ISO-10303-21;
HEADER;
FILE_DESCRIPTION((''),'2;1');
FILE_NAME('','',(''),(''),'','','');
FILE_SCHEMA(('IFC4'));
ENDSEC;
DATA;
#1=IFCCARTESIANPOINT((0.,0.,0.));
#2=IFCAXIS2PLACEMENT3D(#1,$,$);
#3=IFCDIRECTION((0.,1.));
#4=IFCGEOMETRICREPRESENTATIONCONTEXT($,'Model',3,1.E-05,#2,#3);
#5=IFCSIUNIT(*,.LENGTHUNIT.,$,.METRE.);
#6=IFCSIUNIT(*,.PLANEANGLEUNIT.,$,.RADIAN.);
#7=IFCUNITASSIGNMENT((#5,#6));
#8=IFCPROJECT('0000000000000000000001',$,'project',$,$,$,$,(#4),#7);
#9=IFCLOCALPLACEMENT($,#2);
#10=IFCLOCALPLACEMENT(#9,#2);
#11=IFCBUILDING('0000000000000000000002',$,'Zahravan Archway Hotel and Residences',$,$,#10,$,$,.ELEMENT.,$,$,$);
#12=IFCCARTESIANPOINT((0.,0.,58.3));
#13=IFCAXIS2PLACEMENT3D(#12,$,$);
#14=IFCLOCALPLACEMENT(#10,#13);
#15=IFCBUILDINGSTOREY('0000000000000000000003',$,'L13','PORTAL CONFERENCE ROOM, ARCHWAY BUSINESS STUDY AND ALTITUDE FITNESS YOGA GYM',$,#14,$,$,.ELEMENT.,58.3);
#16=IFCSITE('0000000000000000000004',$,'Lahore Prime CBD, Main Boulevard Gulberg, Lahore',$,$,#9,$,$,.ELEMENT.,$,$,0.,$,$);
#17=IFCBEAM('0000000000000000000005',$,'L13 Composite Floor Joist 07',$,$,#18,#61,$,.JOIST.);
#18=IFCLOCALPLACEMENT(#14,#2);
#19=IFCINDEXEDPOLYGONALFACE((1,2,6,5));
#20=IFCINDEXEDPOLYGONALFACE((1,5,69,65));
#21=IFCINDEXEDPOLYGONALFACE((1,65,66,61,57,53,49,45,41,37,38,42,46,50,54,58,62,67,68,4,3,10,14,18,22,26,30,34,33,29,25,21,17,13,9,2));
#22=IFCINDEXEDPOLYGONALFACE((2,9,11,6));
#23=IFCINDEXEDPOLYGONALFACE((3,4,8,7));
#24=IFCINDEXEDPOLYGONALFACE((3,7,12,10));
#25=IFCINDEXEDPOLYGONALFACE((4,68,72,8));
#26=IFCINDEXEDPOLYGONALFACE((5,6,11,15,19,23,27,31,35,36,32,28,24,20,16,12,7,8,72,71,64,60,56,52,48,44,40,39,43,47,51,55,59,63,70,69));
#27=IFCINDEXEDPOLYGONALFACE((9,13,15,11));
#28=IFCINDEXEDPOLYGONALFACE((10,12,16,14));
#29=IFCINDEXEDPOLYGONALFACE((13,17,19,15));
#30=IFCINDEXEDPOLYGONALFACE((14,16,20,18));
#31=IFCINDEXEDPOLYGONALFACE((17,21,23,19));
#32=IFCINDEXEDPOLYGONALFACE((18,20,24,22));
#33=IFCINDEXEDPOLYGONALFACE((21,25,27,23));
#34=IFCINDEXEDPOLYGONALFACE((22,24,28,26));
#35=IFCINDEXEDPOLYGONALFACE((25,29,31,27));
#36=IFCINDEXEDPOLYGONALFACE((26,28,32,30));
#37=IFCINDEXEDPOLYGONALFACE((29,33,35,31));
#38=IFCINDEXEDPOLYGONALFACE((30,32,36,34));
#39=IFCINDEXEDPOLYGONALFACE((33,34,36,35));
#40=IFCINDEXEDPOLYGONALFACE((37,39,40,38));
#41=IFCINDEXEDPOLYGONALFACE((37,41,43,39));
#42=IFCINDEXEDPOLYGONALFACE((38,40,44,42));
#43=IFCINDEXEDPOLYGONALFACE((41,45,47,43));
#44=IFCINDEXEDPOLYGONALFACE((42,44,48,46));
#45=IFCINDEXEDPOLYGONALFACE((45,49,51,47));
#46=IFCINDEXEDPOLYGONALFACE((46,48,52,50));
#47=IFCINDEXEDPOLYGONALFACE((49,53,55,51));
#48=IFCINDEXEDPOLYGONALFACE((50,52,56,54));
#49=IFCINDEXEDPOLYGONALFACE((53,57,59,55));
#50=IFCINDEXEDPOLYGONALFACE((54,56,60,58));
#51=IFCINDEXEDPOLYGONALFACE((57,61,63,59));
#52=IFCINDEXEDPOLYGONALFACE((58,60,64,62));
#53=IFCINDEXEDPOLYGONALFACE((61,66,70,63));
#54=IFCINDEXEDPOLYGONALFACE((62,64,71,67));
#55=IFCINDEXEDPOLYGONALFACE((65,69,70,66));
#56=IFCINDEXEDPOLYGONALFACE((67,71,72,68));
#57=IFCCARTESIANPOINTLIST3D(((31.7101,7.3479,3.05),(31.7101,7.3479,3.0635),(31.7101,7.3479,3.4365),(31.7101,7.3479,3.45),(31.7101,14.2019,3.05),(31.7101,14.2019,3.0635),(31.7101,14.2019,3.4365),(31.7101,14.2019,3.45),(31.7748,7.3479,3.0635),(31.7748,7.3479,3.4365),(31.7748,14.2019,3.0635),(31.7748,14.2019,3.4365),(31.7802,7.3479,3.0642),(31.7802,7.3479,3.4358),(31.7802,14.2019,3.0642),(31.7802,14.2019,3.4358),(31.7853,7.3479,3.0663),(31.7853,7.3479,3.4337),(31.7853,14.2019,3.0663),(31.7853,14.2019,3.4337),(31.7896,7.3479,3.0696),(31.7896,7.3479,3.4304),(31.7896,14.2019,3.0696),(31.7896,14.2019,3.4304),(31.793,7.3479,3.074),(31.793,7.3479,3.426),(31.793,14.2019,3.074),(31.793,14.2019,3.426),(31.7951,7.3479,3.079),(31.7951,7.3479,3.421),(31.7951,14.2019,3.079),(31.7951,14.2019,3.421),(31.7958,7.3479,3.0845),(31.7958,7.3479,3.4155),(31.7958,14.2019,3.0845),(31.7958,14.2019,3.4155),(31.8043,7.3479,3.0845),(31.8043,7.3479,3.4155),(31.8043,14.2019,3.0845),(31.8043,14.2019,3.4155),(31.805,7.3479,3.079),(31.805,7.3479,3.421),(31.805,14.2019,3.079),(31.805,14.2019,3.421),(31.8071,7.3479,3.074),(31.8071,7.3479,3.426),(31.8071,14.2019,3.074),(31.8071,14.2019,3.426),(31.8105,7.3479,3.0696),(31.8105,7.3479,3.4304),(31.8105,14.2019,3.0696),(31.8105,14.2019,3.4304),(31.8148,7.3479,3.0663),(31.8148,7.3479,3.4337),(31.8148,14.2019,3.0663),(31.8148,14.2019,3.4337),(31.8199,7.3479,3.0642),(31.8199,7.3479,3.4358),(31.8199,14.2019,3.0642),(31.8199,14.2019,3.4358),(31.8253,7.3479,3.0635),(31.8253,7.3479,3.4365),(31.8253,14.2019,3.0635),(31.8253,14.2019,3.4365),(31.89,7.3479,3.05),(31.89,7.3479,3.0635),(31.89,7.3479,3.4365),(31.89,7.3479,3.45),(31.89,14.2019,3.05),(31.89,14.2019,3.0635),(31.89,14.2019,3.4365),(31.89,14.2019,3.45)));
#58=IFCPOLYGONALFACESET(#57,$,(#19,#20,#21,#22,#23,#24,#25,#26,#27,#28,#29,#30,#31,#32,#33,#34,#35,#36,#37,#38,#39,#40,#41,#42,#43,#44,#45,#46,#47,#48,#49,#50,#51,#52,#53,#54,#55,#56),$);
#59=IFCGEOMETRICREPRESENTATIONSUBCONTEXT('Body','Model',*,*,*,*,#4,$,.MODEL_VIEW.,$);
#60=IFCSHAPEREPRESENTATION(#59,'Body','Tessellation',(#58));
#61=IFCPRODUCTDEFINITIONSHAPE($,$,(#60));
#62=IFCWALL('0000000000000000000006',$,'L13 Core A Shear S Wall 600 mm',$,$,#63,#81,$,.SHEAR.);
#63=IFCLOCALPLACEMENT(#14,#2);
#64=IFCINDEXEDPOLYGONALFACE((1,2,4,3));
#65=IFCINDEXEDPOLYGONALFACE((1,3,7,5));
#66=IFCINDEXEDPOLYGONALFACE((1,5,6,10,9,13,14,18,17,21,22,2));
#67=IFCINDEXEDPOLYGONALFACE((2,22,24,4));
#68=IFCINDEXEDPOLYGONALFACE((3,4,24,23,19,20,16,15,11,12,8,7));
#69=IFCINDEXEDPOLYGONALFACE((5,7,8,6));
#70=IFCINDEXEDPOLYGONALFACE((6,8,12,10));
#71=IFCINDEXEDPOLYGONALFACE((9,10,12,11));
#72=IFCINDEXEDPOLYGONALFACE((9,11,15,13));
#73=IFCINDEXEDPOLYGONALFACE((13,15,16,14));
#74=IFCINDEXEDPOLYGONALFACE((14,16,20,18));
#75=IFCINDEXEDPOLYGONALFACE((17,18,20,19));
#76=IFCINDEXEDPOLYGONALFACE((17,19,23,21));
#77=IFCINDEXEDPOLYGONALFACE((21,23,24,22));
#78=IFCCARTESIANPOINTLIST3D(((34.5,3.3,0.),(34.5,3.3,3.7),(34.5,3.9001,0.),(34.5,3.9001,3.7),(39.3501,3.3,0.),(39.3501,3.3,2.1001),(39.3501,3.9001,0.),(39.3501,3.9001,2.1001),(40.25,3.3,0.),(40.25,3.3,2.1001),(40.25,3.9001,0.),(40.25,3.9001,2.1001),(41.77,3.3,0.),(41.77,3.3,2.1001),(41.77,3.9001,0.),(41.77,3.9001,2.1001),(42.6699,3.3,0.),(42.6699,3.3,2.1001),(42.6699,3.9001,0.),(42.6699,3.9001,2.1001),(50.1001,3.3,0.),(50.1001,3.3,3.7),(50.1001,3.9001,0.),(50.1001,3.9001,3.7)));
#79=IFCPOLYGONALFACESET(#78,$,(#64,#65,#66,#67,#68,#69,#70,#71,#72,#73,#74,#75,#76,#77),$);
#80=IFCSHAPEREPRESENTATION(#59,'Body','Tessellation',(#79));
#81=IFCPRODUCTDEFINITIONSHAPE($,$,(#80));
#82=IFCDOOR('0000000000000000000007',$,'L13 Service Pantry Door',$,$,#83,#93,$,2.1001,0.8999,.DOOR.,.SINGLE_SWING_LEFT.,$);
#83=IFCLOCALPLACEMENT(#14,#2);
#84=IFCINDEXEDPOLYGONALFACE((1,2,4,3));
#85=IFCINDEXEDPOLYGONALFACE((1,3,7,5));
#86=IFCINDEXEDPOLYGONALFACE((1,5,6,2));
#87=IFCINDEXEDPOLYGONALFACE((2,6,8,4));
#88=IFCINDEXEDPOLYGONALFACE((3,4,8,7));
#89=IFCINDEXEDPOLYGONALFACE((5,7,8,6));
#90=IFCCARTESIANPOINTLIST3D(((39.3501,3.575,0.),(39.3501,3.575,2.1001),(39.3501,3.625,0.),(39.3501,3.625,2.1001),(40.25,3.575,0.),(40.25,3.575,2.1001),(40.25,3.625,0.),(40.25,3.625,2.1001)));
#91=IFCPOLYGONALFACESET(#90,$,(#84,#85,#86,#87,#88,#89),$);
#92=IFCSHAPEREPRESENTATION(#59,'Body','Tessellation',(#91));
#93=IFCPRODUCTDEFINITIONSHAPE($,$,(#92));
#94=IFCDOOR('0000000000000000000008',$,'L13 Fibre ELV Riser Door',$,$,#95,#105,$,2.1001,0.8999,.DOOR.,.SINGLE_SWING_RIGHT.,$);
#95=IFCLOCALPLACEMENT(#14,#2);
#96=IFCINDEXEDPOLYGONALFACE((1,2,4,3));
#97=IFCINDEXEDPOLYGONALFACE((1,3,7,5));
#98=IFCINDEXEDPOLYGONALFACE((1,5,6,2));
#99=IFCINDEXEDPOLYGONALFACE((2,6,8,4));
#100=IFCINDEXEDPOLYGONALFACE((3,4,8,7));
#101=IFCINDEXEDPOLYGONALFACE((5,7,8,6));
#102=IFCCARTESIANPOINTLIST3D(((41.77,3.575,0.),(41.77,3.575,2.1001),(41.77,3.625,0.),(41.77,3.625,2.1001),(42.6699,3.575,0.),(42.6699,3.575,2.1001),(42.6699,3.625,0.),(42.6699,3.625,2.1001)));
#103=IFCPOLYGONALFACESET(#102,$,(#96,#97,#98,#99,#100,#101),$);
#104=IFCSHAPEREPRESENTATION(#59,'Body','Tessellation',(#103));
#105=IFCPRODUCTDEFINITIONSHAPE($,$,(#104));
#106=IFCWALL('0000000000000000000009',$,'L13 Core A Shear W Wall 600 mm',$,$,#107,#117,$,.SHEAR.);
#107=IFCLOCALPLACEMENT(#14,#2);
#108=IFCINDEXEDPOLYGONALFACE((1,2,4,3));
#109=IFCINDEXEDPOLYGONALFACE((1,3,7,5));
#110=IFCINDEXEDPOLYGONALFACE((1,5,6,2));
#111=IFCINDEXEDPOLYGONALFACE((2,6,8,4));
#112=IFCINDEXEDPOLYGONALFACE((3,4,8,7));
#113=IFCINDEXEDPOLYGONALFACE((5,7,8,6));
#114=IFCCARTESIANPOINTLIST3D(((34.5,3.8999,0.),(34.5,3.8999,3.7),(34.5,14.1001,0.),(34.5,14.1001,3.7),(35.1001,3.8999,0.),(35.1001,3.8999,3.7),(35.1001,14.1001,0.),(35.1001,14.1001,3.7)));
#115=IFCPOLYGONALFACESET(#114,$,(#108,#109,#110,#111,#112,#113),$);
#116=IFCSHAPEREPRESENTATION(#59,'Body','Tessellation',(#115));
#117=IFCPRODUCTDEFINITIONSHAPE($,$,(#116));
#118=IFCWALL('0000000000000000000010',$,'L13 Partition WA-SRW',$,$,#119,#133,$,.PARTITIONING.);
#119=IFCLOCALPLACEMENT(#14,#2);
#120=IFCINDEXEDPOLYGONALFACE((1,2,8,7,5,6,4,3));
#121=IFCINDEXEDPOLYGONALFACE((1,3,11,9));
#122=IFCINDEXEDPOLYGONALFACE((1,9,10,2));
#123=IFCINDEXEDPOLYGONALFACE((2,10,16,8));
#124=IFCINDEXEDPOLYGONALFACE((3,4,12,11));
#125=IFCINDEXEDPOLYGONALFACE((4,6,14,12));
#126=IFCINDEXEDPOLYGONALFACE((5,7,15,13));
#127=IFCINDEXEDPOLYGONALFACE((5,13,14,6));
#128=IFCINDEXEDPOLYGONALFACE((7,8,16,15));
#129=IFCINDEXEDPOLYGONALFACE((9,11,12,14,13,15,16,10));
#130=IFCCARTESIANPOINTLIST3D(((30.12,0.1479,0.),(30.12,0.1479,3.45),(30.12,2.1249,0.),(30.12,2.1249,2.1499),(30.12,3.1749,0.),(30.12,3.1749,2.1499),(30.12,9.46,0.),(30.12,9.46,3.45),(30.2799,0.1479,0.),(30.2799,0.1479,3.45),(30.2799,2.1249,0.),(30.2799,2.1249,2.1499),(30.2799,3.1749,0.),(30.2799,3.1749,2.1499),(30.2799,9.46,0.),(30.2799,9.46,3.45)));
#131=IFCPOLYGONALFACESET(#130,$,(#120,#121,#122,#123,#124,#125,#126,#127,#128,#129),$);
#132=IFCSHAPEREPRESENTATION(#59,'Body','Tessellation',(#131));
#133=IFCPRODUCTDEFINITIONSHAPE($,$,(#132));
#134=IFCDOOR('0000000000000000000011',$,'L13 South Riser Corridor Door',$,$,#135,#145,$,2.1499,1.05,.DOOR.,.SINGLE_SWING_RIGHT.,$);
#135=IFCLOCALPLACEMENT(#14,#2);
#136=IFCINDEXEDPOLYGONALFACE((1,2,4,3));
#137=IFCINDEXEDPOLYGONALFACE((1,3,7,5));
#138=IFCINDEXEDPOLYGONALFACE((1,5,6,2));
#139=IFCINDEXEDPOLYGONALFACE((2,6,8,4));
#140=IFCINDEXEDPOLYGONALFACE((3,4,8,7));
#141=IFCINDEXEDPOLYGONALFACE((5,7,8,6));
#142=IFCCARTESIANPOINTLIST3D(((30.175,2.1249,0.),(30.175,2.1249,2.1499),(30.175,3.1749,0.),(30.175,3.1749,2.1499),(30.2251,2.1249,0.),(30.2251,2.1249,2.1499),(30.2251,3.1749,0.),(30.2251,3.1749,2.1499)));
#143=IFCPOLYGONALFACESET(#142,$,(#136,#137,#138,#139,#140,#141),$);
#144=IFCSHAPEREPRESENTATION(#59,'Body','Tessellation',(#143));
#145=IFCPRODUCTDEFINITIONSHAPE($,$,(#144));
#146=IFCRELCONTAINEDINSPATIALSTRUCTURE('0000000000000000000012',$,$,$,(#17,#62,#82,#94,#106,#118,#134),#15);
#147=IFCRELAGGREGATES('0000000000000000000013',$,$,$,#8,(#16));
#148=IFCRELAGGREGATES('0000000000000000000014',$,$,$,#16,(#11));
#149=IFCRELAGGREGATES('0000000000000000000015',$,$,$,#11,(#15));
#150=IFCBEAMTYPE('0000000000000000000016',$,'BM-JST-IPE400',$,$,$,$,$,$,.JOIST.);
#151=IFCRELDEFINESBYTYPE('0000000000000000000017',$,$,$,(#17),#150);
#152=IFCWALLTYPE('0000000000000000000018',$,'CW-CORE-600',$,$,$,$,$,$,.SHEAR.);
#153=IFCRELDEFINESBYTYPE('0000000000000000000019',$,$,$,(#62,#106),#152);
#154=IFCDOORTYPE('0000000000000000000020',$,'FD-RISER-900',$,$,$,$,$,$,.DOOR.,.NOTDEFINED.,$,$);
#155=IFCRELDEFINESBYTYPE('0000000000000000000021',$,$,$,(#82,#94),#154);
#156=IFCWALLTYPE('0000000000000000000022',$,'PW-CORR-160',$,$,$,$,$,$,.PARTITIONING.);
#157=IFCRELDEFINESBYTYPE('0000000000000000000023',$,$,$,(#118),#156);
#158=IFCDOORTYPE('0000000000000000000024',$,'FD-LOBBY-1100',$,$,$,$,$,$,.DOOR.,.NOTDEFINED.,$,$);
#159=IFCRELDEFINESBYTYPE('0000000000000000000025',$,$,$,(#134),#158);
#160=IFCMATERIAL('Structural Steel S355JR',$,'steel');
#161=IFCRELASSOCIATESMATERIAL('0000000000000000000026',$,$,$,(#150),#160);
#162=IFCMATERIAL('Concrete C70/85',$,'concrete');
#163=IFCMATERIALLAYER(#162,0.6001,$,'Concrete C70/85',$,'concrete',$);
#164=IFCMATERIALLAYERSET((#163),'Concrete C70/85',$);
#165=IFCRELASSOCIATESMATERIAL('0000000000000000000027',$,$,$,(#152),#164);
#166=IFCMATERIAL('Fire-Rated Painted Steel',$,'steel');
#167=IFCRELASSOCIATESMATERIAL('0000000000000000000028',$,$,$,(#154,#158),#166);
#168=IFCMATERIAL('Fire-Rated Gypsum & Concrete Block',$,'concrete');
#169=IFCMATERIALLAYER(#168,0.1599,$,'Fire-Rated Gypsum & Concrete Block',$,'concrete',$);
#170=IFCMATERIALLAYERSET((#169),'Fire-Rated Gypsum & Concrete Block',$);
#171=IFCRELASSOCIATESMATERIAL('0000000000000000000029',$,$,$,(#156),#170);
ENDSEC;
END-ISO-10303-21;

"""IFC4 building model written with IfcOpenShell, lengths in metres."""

from ifc_helpers import new_model, si_unit, direction, frame, frame_2d, origin, origin_2d, place, context, subcontext, project, spatial, rectangle, i_section, extrude, source, transform, mapped, material, layer, layer_set, material_profile, profile_set, type_object, type_shapes, element, fill, save


model = new_model("IFC4")

# Units and contexts
model_context = context("Model", 3, precision=1e-05, world=origin(), true_north=direction((0.0, 1.0)))
body_context = subcontext(model_context, "Body", "Model", "MODEL_VIEW")
ifc_project = project(units=[si_unit("LENGTHUNIT", "METRE"), si_unit("PLANEANGLEUNIT", "RADIAN")], contexts=[model_context])

# Site, building, storey
site_placement = place(None, origin())
site = spatial("IfcSite", under=ifc_project, at=site_placement, Name="Lahore Prime CBD, Main Boulevard Gulberg, Lahore", CompositionType="ELEMENT", RefElevation=0.0)
building_placement = place(site_placement, origin())
building = spatial("IfcBuilding", under=site, at=building_placement, Name="Zahravan Archway Hotel and Residences", CompositionType="ELEMENT")
storey_placement = place(building_placement, frame((0.0, 0.0, 58.3)))
storey = spatial("IfcBuildingStorey", under=building, at=storey_placement, Name="L13", Description="PORTAL CONFERENCE ROOM, ARCHWAY BUSINESS STUDY AND ALTITUDE FITNESS YOGA GYM", CompositionType="ELEMENT", Elevation=58.3)

# Shared definitions
ifc_material_1 = material(Name="Concrete C70/85", Category="concrete")

# Beam
ifc_material_2 = material(Name="Structural Steel S355JR", Category="steel")
ifc_material_profile_1 = material_profile(ifc_material_2, i_section(OverallWidth=0.1799, OverallDepth=0.3999, WebThickness=0.0085, FlangeThickness=0.0134, FilletRadius=0.021, at=origin_2d()), Name="IPE 400", Category="steel")
ifc_profile_set_1 = profile_set([ifc_material_profile_1], Name="Structural Steel S355JR")
beam_type_1 = type_object("IfcBeamType", Name="BM-JST-IPE400", PredefinedType="JOIST", material=ifc_profile_set_1)
shared_shape_1 = source(origin(), body_context, "Body", "SweptSolid", [
    extrude(i_section(OverallWidth=0.1799, OverallDepth=0.3999, WebThickness=0.0085, FlangeThickness=0.0134, FilletRadius=0.021, at=origin_2d()), origin(), (0.0, 0.0, 1.0), 6.854),
])
beam_1_placement = place(storey_placement, frame((31.8, 7.3479, 3.25), z_axis=(0.0, 1.0, 0.0), x_axis=(-1.0, 0.0, 0.0)))
element("IfcBeam", 1, at=beam_1_placement, inside=storey, type_object=beam_type_1, Name="L13 Composite Floor Joist 07", PredefinedType="JOIST", context=body_context, shape_type="MappedRepresentation", body=[
    mapped(shared_shape_1, transform((0.0, 0.0, 0.0), scale=1.0)),
])

# Wall, openings, doors
ifc_layer_1 = layer(ifc_material_1, 0.6001, Name="Concrete C70/85", Category="concrete")
ifc_layer_set_1 = layer_set([ifc_layer_1], Name="Concrete C70/85")
wall_type_1 = type_object("IfcWallType", Name="CW-CORE-600", PredefinedType="SHEAR", material=ifc_layer_set_1)
wall_1_placement = place(storey_placement, frame((34.5, 3.6001, 0.0), z_axis=(0.0, 0.0, 1.0), x_axis=(1.0, 0.0, 0.0)))
wall_1 = element("IfcWall", 2, at=wall_1_placement, inside=storey, type_object=wall_type_1, Name="L13 Core A Shear S Wall 600 mm", PredefinedType="SHEAR", context=body_context, shape_type="SweptSolid", body=[
    extrude(rectangle(XDim=15.6001, YDim=0.6001, at=frame_2d((7.8, 0.0))), origin(), (0.0, 0.0, 1.0), 3.7),
])
opening_1_placement = place(wall_1_placement, frame((4.8501, 0.0, 0.0)))
opening_1 = element("IfcOpeningElement", 3, at=opening_1_placement, cuts=wall_1, PredefinedType="OPENING", context=body_context, shape_type="SweptSolid", body=[
    extrude(rectangle(XDim=0.8999, YDim=2.1001, at=frame_2d((0.45, 1.05))), frame((0.0, 0.3101, 0.0), z_axis=(0.0, -1.0, 0.0), x_axis=(1.0, 0.0, 0.0)), (0.0, 0.0, 1.0), 0.6201),
])
opening_2_placement = place(wall_1_placement, frame((7.27, 0.0, 0.0)))
opening_2 = element("IfcOpeningElement", 4, at=opening_2_placement, cuts=wall_1, PredefinedType="OPENING", context=body_context, shape_type="SweptSolid", body=[
    extrude(rectangle(XDim=0.8999, YDim=2.1001, at=frame_2d((0.45, 1.05))), frame((0.0, 0.3101, 0.0), z_axis=(0.0, -1.0, 0.0), x_axis=(1.0, 0.0, 0.0)), (0.0, 0.0, 1.0), 0.6201),
])
ifc_material_3 = material(Name="Fire-Rated Painted Steel", Category="steel")
door_type_1 = type_object("IfcDoorType", Name="FD-RISER-900", OperationType="NOTDEFINED", PredefinedType="DOOR", material=ifc_material_3)
shared_shape_2 = source(origin(), body_context, "Body", "SweptSolid", [
    extrude(rectangle(XDim=0.8999, YDim=2.1001, at=frame_2d((0.45, 1.05))), frame((0.0, 0.0249, 0.0), z_axis=(0.0, -1.0, 0.0), x_axis=(1.0, 0.0, 0.0)), (0.0, 0.0, 1.0), 0.05),
])
type_shapes(door_type_1, [shared_shape_2])
door_1_placement = place(opening_1_placement, origin())
door_1 = element("IfcDoor", 5, at=door_1_placement, inside=storey, type_object=door_type_1, Name="L13 Service Pantry Door", OperationType="SINGLE_SWING_LEFT", OverallHeight=2.1001, OverallWidth=0.8999, PredefinedType="DOOR", context=body_context, shape_type="MappedRepresentation", body=[
    mapped(shared_shape_2, transform((0.0, 0.0, 0.0), scale=1.0)),
])
fill(opening_1, door_1)
door_2_placement = place(opening_2_placement, origin())
door_2 = element("IfcDoor", 6, at=door_2_placement, inside=storey, type_object=door_type_1, Name="L13 Fibre ELV Riser Door", OperationType="SINGLE_SWING_RIGHT", OverallHeight=2.1001, OverallWidth=0.8999, PredefinedType="DOOR", context=body_context, shape_type="MappedRepresentation", body=[
    mapped(shared_shape_2, transform((0.0, 0.0, 0.0), scale=1.0)),
])
fill(opening_2, door_2)

# Wall
wall_2_placement = place(storey_placement, frame((34.8, 3.8999, 0.0), z_axis=(0.0, 0.0, 1.0), x_axis=(0.0, 1.0, 0.0)))
element("IfcWall", 7, at=wall_2_placement, inside=storey, type_object=wall_type_1, Name="L13 Core A Shear W Wall 600 mm", PredefinedType="SHEAR", context=body_context, shape_type="SweptSolid", body=[
    extrude(rectangle(XDim=10.2002, YDim=0.6001, at=frame_2d((5.1001, 0.0))), origin(), (0.0, 0.0, 1.0), 3.7),
])

# Wall, opening, door
ifc_material_4 = material(Name="Fire-Rated Gypsum & Concrete Block", Category="concrete")
ifc_layer_2 = layer(ifc_material_4, 0.1599, Name="Fire-Rated Gypsum & Concrete Block", Category="concrete")
ifc_layer_set_2 = layer_set([ifc_layer_2], Name="Fire-Rated Gypsum & Concrete Block")
wall_type_2 = type_object("IfcWallType", Name="PW-CORR-160", PredefinedType="PARTITIONING", material=ifc_layer_set_2)
wall_3_placement = place(storey_placement, frame((30.2, 0.1479, 0.0), z_axis=(0.0, 0.0, 1.0), x_axis=(0.0, 1.0, 0.0)))
wall_3 = element("IfcWall", 8, at=wall_3_placement, inside=storey, type_object=wall_type_2, Name="L13 Partition WA-SRW", PredefinedType="PARTITIONING", context=body_context, shape_type="SweptSolid", body=[
    extrude(rectangle(XDim=9.312, YDim=0.1599, at=frame_2d((4.656, 0.0))), origin(), (0.0, 0.0, 1.0), 3.45),
])
opening_3_placement = place(wall_3_placement, frame((1.9771, 0.0, 0.0)))
opening_3 = element("IfcOpeningElement", 9, at=opening_3_placement, cuts=wall_3, PredefinedType="OPENING", context=body_context, shape_type="SweptSolid", body=[
    extrude(rectangle(XDim=1.05, YDim=2.1499, at=frame_2d((0.5249, 1.075))), frame((0.0, 0.0898, 0.0), z_axis=(0.0, -1.0, 0.0), x_axis=(1.0, 0.0, 0.0)), (0.0, 0.0, 1.0), 0.1799),
])
door_type_2 = type_object("IfcDoorType", Name="FD-LOBBY-1100", OperationType="NOTDEFINED", PredefinedType="DOOR", material=ifc_material_3)
shared_shape_3 = source(origin(), body_context, "Body", "SweptSolid", [
    extrude(rectangle(XDim=1.05, YDim=2.1499, at=frame_2d((0.5249, 1.075))), frame((0.0, 0.0249, 0.0), z_axis=(0.0, -1.0, 0.0), x_axis=(1.0, 0.0, 0.0)), (0.0, 0.0, 1.0), 0.05),
])
type_shapes(door_type_2, [shared_shape_3])
door_3_placement = place(opening_3_placement, origin())
door_3 = element("IfcDoor", 10, at=door_3_placement, inside=storey, type_object=door_type_2, Name="L13 South Riser Corridor Door", OperationType="SINGLE_SWING_RIGHT", OverallHeight=2.1499, OverallWidth=1.05, PredefinedType="DOOR", context=body_context, shape_type="MappedRepresentation", body=[
    mapped(shared_shape_3, transform((0.0, 0.0, 0.0), scale=1.0)),
])
fill(opening_3, door_3)

save(model, "model.ifc")
